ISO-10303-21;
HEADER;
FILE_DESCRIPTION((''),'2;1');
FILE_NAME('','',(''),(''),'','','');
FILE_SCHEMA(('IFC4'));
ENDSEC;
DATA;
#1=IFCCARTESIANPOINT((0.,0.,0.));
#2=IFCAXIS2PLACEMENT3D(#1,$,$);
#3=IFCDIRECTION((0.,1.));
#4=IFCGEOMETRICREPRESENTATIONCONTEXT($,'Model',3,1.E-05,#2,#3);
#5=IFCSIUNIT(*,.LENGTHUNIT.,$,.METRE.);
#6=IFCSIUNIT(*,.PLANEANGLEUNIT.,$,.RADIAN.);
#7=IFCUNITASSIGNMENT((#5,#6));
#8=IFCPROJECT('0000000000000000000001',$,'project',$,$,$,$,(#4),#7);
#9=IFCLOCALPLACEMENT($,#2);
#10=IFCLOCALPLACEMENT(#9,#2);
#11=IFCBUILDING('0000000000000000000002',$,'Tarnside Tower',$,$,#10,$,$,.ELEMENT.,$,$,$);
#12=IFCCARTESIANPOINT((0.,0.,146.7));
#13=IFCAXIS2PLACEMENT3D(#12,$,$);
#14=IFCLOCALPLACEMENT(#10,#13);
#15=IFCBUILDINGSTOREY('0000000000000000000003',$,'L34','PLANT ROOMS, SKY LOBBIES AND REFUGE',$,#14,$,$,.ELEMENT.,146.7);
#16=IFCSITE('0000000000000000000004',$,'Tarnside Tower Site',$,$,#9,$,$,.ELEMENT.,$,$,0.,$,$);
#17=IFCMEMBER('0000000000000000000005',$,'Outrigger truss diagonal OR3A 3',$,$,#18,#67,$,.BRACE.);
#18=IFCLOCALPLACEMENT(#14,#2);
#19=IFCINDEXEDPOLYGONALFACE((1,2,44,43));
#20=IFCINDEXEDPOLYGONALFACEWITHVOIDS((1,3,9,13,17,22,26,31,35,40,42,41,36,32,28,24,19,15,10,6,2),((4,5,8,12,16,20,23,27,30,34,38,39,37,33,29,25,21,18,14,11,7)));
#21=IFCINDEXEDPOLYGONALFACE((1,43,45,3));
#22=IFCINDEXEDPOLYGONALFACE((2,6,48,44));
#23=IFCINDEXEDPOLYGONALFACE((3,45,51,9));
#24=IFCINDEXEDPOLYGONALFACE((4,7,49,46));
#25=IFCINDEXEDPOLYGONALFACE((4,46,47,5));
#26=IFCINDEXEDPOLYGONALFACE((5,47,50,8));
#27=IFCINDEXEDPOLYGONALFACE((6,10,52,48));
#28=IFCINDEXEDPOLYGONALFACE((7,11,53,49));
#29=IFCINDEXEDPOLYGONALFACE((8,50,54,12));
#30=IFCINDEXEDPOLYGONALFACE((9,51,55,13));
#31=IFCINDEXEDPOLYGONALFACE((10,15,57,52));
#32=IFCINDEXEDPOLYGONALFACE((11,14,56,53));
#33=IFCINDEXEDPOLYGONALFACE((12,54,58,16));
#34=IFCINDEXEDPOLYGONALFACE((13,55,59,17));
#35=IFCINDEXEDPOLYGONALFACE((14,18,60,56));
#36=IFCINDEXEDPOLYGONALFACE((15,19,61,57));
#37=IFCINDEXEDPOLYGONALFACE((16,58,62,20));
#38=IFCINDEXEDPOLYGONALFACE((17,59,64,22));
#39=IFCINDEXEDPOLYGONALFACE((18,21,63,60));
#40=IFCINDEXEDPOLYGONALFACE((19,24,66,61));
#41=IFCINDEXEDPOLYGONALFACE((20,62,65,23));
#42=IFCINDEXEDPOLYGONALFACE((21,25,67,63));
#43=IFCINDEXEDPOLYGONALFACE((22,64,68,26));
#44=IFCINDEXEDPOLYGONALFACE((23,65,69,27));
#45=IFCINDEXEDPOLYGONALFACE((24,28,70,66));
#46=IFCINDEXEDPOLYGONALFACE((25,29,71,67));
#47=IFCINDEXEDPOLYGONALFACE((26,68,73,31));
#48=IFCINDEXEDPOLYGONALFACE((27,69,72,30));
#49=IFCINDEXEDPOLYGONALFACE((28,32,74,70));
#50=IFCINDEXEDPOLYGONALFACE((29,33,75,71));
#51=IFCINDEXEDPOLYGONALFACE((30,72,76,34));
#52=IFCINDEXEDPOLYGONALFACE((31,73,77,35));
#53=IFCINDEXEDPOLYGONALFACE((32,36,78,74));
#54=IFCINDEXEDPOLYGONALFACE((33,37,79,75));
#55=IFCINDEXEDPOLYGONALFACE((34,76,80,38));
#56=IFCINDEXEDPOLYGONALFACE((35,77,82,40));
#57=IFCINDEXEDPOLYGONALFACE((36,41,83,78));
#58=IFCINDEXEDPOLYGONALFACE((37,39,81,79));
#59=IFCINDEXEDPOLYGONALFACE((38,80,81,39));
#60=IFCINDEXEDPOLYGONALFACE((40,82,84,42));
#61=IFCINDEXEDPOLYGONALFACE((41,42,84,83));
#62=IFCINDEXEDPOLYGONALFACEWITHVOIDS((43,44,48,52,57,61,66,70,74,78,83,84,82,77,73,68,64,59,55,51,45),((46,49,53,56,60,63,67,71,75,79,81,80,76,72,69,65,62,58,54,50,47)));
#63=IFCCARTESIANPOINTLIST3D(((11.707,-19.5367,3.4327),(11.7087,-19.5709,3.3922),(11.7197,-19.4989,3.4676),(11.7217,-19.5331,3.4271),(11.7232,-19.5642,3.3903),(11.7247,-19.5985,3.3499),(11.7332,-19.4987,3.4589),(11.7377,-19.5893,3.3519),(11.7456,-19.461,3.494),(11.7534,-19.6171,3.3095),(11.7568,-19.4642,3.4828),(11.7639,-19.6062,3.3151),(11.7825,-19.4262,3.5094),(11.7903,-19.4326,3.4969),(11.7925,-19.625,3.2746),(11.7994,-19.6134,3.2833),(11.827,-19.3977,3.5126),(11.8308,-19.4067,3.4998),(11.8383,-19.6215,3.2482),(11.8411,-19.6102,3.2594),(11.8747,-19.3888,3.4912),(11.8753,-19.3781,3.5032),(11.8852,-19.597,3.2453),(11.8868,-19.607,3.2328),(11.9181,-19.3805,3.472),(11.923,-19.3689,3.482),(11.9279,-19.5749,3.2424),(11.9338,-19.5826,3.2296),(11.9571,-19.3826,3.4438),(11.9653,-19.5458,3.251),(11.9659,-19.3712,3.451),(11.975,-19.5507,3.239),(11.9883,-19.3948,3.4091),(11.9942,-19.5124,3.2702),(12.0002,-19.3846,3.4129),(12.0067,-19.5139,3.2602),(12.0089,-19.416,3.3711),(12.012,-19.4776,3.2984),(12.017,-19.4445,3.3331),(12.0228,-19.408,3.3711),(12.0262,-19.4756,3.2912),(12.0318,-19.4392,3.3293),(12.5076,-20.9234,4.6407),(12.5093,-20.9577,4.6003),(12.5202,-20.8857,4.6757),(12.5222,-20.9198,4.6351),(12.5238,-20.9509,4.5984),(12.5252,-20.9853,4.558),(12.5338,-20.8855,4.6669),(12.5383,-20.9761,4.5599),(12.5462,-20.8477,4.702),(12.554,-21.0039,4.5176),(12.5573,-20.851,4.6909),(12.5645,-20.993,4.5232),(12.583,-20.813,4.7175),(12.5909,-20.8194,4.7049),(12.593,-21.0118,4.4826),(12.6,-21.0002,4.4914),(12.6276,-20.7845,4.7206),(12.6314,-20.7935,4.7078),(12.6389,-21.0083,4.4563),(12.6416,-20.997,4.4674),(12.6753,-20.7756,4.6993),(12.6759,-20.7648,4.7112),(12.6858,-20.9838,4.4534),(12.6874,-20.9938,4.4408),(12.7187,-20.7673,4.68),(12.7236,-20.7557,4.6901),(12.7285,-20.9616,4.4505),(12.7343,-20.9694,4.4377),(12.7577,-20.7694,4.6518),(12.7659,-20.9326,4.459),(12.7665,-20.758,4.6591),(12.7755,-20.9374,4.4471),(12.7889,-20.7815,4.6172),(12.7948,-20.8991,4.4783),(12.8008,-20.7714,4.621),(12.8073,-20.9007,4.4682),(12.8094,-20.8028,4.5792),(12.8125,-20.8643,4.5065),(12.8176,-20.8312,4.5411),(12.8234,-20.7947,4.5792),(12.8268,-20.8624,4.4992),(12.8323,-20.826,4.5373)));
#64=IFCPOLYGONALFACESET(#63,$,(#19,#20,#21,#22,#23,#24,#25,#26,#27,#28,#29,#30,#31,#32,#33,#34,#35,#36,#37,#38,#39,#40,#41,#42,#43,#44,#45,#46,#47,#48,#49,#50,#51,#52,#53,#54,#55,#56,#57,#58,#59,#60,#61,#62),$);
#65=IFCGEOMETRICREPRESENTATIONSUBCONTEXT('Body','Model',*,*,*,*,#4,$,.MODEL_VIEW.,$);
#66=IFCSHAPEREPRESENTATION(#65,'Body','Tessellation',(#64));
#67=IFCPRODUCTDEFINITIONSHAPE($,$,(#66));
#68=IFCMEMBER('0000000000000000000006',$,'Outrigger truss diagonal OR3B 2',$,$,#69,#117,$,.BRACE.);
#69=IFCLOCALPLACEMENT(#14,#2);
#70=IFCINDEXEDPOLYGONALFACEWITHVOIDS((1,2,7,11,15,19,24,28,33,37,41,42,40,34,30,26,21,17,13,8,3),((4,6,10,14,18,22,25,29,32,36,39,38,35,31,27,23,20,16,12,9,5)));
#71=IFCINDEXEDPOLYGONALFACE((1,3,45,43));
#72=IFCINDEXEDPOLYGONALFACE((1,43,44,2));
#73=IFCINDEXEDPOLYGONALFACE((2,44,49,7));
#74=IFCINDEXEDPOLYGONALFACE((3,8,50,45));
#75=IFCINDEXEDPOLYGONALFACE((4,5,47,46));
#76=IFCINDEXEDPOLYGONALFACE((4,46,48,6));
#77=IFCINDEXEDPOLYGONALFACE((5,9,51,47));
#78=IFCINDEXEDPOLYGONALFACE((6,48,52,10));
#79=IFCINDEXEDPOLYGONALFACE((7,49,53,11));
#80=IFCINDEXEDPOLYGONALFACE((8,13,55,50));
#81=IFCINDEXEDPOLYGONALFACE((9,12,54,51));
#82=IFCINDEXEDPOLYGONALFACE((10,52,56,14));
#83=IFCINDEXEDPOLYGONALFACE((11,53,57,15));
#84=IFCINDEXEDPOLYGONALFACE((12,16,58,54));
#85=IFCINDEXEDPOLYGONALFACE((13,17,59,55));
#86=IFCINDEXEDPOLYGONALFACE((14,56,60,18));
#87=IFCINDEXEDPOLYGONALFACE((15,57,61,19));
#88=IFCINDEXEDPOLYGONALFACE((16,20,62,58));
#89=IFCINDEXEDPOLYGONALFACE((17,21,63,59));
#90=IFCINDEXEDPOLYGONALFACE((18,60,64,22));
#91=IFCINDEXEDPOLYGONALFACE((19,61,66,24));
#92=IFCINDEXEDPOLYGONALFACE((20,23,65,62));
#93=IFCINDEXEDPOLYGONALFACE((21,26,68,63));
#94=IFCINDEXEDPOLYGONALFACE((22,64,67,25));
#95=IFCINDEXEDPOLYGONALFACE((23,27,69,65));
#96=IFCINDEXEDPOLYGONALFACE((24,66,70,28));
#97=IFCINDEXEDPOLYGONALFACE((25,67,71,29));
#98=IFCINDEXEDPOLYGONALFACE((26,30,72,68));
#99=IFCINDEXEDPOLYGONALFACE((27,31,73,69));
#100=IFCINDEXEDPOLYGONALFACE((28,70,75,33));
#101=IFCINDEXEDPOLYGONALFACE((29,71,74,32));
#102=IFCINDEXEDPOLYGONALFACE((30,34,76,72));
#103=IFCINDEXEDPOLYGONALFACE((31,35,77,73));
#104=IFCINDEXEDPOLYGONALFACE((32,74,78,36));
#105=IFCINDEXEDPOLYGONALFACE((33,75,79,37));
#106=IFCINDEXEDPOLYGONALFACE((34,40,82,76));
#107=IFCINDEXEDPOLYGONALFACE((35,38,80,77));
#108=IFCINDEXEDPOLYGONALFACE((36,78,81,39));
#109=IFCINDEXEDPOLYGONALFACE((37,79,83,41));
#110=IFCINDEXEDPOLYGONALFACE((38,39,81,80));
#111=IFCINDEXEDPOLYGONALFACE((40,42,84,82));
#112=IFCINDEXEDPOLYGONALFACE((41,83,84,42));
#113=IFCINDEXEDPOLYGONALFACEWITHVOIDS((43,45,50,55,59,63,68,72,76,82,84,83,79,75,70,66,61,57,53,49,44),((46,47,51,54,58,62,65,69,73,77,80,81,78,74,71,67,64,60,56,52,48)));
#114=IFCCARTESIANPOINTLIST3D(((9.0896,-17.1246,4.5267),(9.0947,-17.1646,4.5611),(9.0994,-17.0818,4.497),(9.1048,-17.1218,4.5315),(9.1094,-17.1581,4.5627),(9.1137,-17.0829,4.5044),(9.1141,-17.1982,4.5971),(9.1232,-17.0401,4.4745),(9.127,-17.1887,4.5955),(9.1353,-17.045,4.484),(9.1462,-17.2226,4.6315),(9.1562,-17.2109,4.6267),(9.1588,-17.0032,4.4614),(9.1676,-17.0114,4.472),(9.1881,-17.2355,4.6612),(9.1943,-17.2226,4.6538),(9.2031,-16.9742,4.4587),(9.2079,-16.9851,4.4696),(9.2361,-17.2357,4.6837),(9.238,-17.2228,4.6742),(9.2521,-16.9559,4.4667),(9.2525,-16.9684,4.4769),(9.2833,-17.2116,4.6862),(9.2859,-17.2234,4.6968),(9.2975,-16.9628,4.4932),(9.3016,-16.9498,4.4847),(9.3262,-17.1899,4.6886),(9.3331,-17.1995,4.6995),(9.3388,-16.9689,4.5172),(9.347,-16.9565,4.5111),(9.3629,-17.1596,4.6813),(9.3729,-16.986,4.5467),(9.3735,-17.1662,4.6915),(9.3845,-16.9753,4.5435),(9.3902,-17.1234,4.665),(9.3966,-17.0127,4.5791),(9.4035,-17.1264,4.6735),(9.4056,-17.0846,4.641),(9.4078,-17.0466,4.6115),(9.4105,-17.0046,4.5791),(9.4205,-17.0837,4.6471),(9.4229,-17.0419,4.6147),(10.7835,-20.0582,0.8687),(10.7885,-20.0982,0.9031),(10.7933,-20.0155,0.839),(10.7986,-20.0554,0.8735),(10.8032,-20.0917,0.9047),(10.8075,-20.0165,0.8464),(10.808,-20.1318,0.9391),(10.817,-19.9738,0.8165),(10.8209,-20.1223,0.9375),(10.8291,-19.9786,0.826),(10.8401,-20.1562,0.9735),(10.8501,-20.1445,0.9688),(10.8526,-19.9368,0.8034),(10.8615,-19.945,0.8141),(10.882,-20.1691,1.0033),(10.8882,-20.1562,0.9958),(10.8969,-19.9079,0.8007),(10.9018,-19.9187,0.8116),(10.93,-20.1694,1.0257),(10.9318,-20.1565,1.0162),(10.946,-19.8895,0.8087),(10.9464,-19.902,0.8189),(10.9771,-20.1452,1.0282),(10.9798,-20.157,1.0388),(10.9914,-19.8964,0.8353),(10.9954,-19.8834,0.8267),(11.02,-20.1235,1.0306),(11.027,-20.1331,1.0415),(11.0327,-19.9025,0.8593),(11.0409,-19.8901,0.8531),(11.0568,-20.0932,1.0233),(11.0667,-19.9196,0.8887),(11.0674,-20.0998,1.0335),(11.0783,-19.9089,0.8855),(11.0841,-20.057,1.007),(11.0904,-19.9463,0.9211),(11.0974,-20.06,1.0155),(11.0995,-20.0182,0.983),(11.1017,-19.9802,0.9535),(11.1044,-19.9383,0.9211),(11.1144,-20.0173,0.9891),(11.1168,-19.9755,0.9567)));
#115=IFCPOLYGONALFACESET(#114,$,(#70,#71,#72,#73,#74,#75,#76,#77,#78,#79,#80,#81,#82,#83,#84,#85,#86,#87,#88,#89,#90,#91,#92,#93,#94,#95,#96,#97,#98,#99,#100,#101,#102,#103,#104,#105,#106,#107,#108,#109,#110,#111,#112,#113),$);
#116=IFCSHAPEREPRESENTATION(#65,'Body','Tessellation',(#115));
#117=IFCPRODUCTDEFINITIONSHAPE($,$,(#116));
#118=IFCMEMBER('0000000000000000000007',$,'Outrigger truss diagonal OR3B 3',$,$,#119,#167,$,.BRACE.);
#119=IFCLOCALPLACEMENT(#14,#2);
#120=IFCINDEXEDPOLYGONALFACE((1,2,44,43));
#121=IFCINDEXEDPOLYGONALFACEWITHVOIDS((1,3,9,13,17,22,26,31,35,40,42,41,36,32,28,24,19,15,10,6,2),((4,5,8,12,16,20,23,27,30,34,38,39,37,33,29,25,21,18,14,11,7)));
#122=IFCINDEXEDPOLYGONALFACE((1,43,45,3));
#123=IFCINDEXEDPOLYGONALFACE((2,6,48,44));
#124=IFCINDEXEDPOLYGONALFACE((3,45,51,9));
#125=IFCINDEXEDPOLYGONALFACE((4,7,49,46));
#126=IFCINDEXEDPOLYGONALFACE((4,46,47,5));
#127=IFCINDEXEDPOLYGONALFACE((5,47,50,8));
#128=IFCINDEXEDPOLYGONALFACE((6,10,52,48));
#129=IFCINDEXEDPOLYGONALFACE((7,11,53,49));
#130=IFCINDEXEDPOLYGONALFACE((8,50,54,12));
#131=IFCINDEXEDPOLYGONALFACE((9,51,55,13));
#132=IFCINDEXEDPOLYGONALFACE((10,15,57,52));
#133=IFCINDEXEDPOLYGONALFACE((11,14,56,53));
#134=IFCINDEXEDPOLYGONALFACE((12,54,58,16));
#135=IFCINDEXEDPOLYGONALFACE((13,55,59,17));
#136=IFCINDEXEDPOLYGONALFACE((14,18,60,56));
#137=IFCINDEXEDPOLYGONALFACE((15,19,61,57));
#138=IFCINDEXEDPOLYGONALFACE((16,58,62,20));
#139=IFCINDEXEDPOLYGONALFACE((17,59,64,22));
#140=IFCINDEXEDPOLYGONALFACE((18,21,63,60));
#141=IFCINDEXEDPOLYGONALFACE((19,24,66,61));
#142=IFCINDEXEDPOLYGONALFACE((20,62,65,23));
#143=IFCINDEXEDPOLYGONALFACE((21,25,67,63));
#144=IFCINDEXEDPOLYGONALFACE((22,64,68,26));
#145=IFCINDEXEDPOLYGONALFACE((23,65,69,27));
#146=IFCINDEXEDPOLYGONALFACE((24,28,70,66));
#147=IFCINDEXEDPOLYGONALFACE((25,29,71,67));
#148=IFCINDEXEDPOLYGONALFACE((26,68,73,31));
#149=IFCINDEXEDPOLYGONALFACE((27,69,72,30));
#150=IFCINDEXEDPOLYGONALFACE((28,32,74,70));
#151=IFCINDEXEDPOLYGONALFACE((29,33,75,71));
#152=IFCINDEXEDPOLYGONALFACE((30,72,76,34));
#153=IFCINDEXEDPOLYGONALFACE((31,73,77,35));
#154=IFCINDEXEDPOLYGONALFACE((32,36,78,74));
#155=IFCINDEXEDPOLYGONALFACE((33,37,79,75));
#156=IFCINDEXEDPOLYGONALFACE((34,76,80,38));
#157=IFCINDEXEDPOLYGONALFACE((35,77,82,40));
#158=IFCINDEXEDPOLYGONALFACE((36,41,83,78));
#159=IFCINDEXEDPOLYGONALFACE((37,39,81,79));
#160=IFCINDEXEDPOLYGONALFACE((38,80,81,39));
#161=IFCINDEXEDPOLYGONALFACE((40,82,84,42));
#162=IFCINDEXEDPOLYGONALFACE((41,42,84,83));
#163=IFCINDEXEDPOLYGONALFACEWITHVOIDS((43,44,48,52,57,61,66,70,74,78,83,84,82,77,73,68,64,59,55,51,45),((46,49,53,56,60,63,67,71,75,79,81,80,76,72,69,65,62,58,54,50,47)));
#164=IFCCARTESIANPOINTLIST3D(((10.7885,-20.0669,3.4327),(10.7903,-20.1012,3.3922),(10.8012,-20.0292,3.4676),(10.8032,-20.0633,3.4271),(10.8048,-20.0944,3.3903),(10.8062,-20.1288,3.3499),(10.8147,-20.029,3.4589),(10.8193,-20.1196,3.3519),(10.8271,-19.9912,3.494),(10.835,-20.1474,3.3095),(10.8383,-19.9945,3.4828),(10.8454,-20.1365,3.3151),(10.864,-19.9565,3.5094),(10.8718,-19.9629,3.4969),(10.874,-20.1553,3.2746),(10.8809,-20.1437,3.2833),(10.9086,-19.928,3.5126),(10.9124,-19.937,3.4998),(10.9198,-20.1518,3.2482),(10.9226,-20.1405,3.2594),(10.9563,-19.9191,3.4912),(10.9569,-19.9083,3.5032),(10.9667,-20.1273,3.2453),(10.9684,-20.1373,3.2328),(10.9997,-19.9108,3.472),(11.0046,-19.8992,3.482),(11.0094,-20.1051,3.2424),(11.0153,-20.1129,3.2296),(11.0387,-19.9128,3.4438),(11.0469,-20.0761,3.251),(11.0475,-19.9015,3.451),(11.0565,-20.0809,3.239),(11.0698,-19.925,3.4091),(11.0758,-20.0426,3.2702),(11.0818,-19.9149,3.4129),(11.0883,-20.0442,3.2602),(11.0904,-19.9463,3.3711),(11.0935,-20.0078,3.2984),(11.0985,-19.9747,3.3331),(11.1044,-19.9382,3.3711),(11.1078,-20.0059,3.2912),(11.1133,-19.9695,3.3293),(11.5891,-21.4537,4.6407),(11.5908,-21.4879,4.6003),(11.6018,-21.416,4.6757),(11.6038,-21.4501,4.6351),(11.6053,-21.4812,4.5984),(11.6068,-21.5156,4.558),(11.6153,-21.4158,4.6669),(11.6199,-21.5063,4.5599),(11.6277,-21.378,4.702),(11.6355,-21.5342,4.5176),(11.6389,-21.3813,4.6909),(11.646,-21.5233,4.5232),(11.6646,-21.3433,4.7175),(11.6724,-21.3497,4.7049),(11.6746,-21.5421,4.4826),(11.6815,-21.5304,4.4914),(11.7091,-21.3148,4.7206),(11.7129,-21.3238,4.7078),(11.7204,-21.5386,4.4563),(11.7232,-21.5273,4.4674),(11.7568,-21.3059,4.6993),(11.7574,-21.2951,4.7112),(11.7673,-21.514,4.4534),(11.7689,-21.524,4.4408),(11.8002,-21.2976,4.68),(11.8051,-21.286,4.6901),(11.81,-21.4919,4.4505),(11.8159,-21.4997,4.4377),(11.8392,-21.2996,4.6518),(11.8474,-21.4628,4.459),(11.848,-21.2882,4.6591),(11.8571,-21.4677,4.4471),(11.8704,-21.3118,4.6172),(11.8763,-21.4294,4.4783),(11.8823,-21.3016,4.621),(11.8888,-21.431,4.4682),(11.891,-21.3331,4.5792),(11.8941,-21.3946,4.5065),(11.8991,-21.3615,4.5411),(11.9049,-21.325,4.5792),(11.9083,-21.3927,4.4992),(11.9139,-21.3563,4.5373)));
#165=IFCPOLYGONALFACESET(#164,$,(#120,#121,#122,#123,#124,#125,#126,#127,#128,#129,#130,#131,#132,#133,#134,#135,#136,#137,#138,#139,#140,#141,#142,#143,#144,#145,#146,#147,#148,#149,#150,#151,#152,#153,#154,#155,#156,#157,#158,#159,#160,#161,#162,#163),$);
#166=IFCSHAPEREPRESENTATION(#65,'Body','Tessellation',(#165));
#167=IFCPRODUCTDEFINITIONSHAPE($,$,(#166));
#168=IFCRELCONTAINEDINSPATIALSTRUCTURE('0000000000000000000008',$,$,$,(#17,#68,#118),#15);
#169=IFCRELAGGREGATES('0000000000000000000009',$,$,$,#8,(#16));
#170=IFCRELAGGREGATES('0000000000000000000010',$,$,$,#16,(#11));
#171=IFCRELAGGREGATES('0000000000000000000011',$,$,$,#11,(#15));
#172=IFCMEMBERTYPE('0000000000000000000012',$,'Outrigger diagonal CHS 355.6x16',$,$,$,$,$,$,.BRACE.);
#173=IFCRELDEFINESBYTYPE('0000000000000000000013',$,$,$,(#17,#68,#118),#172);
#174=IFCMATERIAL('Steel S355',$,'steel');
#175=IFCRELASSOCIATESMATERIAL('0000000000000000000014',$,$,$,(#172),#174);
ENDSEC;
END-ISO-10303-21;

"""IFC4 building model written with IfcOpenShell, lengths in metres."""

from ifc_helpers import new_model, si_unit, direction, frame, origin, origin_2d, place, context, subcontext, project, spatial, hollow_circle, extrude, material, material_profile, profile_set, type_object, element, save


model = new_model("IFC4")

# Units and contexts
model_context = context("Model", 3, precision=1e-05, world=origin(), true_north=direction((0.0, 1.0)))
body_context = subcontext(model_context, "Body", "Model", "MODEL_VIEW")
ifc_project = project(units=[si_unit("LENGTHUNIT", "METRE"), si_unit("PLANEANGLEUNIT", "RADIAN")], contexts=[model_context])

# Site, building, storey
site_placement = place(None, origin())
site = spatial("IfcSite", under=ifc_project, at=site_placement, Name="Tarnside Tower Site", CompositionType="ELEMENT", RefElevation=0.0)
building_placement = place(site_placement, origin())
building = spatial("IfcBuilding", under=site, at=building_placement, Name="Tarnside Tower", CompositionType="ELEMENT")
storey_placement = place(building_placement, frame((0.0, 0.0, 146.7)))
storey = spatial("IfcBuildingStorey", under=building, at=storey_placement, Name="L34", Description="PLANT ROOMS, SKY LOBBIES AND REFUGE", CompositionType="ELEMENT", Elevation=146.7)

# Members
ifc_material_1 = material(Name="Steel S355", Category="steel")
ifc_material_profile_1 = material_profile(ifc_material_1, hollow_circle(Radius=0.1777, WallThickness=0.0161, at=origin_2d()), Name="CHS 355.6x16")
ifc_profile_set_1 = profile_set([ifc_material_profile_1], Name="Steel S355")
member_type_1 = type_object("IfcMemberType", Name="Outrigger diagonal CHS 355.6x16", PredefinedType="BRACE", material=ifc_profile_set_1)
member_1_placement = place(storey_placement, frame((11.8689, -19.4968, 3.3711), z_axis=(0.399116, -0.691363, 0.602265), x_axis=(0.866048, 0.49996, 0.0)))
element("IfcMember", 1, at=member_1_placement, inside=storey, type_object=member_type_1, Name="Outrigger truss diagonal OR3A 3", PredefinedType="BRACE", context=body_context, shape_type="SweptSolid", body=[
    extrude(hollow_circle(Radius=0.1777, WallThickness=0.0161, at=origin_2d()), origin(), (0.0, 0.0, 1.0), 2.0059),
])
member_2_placement = place(storey_placement, frame((9.2566, -17.0935, 4.5791), z_axis=(0.339751, -0.588419, -0.733712), x_axis=(0.866008, 0.50003, 0.0)))
element("IfcMember", 2, at=member_2_placement, inside=storey, type_object=member_type_1, Name="Outrigger truss diagonal OR3B 2", PredefinedType="BRACE", context=body_context, shape_type="SweptSolid", body=[
    extrude(hollow_circle(Radius=0.1777, WallThickness=0.0161, at=origin_2d()), origin(), (0.0, 0.0, 1.0), 4.9856),
])
member_3_placement = place(storey_placement, frame((10.9504, -20.0271, 3.3711), z_axis=(0.399116, -0.691363, 0.602265), x_axis=(0.866048, 0.49996, 0.0)))
element("IfcMember", 3, at=member_3_placement, inside=storey, type_object=member_type_1, Name="Outrigger truss diagonal OR3B 3", PredefinedType="BRACE", context=body_context, shape_type="SweptSolid", body=[
    extrude(hollow_circle(Radius=0.1777, WallThickness=0.0161, at=origin_2d()), origin(), (0.0, 0.0, 1.0), 2.0059),
])

save(model, "model.ifc")
